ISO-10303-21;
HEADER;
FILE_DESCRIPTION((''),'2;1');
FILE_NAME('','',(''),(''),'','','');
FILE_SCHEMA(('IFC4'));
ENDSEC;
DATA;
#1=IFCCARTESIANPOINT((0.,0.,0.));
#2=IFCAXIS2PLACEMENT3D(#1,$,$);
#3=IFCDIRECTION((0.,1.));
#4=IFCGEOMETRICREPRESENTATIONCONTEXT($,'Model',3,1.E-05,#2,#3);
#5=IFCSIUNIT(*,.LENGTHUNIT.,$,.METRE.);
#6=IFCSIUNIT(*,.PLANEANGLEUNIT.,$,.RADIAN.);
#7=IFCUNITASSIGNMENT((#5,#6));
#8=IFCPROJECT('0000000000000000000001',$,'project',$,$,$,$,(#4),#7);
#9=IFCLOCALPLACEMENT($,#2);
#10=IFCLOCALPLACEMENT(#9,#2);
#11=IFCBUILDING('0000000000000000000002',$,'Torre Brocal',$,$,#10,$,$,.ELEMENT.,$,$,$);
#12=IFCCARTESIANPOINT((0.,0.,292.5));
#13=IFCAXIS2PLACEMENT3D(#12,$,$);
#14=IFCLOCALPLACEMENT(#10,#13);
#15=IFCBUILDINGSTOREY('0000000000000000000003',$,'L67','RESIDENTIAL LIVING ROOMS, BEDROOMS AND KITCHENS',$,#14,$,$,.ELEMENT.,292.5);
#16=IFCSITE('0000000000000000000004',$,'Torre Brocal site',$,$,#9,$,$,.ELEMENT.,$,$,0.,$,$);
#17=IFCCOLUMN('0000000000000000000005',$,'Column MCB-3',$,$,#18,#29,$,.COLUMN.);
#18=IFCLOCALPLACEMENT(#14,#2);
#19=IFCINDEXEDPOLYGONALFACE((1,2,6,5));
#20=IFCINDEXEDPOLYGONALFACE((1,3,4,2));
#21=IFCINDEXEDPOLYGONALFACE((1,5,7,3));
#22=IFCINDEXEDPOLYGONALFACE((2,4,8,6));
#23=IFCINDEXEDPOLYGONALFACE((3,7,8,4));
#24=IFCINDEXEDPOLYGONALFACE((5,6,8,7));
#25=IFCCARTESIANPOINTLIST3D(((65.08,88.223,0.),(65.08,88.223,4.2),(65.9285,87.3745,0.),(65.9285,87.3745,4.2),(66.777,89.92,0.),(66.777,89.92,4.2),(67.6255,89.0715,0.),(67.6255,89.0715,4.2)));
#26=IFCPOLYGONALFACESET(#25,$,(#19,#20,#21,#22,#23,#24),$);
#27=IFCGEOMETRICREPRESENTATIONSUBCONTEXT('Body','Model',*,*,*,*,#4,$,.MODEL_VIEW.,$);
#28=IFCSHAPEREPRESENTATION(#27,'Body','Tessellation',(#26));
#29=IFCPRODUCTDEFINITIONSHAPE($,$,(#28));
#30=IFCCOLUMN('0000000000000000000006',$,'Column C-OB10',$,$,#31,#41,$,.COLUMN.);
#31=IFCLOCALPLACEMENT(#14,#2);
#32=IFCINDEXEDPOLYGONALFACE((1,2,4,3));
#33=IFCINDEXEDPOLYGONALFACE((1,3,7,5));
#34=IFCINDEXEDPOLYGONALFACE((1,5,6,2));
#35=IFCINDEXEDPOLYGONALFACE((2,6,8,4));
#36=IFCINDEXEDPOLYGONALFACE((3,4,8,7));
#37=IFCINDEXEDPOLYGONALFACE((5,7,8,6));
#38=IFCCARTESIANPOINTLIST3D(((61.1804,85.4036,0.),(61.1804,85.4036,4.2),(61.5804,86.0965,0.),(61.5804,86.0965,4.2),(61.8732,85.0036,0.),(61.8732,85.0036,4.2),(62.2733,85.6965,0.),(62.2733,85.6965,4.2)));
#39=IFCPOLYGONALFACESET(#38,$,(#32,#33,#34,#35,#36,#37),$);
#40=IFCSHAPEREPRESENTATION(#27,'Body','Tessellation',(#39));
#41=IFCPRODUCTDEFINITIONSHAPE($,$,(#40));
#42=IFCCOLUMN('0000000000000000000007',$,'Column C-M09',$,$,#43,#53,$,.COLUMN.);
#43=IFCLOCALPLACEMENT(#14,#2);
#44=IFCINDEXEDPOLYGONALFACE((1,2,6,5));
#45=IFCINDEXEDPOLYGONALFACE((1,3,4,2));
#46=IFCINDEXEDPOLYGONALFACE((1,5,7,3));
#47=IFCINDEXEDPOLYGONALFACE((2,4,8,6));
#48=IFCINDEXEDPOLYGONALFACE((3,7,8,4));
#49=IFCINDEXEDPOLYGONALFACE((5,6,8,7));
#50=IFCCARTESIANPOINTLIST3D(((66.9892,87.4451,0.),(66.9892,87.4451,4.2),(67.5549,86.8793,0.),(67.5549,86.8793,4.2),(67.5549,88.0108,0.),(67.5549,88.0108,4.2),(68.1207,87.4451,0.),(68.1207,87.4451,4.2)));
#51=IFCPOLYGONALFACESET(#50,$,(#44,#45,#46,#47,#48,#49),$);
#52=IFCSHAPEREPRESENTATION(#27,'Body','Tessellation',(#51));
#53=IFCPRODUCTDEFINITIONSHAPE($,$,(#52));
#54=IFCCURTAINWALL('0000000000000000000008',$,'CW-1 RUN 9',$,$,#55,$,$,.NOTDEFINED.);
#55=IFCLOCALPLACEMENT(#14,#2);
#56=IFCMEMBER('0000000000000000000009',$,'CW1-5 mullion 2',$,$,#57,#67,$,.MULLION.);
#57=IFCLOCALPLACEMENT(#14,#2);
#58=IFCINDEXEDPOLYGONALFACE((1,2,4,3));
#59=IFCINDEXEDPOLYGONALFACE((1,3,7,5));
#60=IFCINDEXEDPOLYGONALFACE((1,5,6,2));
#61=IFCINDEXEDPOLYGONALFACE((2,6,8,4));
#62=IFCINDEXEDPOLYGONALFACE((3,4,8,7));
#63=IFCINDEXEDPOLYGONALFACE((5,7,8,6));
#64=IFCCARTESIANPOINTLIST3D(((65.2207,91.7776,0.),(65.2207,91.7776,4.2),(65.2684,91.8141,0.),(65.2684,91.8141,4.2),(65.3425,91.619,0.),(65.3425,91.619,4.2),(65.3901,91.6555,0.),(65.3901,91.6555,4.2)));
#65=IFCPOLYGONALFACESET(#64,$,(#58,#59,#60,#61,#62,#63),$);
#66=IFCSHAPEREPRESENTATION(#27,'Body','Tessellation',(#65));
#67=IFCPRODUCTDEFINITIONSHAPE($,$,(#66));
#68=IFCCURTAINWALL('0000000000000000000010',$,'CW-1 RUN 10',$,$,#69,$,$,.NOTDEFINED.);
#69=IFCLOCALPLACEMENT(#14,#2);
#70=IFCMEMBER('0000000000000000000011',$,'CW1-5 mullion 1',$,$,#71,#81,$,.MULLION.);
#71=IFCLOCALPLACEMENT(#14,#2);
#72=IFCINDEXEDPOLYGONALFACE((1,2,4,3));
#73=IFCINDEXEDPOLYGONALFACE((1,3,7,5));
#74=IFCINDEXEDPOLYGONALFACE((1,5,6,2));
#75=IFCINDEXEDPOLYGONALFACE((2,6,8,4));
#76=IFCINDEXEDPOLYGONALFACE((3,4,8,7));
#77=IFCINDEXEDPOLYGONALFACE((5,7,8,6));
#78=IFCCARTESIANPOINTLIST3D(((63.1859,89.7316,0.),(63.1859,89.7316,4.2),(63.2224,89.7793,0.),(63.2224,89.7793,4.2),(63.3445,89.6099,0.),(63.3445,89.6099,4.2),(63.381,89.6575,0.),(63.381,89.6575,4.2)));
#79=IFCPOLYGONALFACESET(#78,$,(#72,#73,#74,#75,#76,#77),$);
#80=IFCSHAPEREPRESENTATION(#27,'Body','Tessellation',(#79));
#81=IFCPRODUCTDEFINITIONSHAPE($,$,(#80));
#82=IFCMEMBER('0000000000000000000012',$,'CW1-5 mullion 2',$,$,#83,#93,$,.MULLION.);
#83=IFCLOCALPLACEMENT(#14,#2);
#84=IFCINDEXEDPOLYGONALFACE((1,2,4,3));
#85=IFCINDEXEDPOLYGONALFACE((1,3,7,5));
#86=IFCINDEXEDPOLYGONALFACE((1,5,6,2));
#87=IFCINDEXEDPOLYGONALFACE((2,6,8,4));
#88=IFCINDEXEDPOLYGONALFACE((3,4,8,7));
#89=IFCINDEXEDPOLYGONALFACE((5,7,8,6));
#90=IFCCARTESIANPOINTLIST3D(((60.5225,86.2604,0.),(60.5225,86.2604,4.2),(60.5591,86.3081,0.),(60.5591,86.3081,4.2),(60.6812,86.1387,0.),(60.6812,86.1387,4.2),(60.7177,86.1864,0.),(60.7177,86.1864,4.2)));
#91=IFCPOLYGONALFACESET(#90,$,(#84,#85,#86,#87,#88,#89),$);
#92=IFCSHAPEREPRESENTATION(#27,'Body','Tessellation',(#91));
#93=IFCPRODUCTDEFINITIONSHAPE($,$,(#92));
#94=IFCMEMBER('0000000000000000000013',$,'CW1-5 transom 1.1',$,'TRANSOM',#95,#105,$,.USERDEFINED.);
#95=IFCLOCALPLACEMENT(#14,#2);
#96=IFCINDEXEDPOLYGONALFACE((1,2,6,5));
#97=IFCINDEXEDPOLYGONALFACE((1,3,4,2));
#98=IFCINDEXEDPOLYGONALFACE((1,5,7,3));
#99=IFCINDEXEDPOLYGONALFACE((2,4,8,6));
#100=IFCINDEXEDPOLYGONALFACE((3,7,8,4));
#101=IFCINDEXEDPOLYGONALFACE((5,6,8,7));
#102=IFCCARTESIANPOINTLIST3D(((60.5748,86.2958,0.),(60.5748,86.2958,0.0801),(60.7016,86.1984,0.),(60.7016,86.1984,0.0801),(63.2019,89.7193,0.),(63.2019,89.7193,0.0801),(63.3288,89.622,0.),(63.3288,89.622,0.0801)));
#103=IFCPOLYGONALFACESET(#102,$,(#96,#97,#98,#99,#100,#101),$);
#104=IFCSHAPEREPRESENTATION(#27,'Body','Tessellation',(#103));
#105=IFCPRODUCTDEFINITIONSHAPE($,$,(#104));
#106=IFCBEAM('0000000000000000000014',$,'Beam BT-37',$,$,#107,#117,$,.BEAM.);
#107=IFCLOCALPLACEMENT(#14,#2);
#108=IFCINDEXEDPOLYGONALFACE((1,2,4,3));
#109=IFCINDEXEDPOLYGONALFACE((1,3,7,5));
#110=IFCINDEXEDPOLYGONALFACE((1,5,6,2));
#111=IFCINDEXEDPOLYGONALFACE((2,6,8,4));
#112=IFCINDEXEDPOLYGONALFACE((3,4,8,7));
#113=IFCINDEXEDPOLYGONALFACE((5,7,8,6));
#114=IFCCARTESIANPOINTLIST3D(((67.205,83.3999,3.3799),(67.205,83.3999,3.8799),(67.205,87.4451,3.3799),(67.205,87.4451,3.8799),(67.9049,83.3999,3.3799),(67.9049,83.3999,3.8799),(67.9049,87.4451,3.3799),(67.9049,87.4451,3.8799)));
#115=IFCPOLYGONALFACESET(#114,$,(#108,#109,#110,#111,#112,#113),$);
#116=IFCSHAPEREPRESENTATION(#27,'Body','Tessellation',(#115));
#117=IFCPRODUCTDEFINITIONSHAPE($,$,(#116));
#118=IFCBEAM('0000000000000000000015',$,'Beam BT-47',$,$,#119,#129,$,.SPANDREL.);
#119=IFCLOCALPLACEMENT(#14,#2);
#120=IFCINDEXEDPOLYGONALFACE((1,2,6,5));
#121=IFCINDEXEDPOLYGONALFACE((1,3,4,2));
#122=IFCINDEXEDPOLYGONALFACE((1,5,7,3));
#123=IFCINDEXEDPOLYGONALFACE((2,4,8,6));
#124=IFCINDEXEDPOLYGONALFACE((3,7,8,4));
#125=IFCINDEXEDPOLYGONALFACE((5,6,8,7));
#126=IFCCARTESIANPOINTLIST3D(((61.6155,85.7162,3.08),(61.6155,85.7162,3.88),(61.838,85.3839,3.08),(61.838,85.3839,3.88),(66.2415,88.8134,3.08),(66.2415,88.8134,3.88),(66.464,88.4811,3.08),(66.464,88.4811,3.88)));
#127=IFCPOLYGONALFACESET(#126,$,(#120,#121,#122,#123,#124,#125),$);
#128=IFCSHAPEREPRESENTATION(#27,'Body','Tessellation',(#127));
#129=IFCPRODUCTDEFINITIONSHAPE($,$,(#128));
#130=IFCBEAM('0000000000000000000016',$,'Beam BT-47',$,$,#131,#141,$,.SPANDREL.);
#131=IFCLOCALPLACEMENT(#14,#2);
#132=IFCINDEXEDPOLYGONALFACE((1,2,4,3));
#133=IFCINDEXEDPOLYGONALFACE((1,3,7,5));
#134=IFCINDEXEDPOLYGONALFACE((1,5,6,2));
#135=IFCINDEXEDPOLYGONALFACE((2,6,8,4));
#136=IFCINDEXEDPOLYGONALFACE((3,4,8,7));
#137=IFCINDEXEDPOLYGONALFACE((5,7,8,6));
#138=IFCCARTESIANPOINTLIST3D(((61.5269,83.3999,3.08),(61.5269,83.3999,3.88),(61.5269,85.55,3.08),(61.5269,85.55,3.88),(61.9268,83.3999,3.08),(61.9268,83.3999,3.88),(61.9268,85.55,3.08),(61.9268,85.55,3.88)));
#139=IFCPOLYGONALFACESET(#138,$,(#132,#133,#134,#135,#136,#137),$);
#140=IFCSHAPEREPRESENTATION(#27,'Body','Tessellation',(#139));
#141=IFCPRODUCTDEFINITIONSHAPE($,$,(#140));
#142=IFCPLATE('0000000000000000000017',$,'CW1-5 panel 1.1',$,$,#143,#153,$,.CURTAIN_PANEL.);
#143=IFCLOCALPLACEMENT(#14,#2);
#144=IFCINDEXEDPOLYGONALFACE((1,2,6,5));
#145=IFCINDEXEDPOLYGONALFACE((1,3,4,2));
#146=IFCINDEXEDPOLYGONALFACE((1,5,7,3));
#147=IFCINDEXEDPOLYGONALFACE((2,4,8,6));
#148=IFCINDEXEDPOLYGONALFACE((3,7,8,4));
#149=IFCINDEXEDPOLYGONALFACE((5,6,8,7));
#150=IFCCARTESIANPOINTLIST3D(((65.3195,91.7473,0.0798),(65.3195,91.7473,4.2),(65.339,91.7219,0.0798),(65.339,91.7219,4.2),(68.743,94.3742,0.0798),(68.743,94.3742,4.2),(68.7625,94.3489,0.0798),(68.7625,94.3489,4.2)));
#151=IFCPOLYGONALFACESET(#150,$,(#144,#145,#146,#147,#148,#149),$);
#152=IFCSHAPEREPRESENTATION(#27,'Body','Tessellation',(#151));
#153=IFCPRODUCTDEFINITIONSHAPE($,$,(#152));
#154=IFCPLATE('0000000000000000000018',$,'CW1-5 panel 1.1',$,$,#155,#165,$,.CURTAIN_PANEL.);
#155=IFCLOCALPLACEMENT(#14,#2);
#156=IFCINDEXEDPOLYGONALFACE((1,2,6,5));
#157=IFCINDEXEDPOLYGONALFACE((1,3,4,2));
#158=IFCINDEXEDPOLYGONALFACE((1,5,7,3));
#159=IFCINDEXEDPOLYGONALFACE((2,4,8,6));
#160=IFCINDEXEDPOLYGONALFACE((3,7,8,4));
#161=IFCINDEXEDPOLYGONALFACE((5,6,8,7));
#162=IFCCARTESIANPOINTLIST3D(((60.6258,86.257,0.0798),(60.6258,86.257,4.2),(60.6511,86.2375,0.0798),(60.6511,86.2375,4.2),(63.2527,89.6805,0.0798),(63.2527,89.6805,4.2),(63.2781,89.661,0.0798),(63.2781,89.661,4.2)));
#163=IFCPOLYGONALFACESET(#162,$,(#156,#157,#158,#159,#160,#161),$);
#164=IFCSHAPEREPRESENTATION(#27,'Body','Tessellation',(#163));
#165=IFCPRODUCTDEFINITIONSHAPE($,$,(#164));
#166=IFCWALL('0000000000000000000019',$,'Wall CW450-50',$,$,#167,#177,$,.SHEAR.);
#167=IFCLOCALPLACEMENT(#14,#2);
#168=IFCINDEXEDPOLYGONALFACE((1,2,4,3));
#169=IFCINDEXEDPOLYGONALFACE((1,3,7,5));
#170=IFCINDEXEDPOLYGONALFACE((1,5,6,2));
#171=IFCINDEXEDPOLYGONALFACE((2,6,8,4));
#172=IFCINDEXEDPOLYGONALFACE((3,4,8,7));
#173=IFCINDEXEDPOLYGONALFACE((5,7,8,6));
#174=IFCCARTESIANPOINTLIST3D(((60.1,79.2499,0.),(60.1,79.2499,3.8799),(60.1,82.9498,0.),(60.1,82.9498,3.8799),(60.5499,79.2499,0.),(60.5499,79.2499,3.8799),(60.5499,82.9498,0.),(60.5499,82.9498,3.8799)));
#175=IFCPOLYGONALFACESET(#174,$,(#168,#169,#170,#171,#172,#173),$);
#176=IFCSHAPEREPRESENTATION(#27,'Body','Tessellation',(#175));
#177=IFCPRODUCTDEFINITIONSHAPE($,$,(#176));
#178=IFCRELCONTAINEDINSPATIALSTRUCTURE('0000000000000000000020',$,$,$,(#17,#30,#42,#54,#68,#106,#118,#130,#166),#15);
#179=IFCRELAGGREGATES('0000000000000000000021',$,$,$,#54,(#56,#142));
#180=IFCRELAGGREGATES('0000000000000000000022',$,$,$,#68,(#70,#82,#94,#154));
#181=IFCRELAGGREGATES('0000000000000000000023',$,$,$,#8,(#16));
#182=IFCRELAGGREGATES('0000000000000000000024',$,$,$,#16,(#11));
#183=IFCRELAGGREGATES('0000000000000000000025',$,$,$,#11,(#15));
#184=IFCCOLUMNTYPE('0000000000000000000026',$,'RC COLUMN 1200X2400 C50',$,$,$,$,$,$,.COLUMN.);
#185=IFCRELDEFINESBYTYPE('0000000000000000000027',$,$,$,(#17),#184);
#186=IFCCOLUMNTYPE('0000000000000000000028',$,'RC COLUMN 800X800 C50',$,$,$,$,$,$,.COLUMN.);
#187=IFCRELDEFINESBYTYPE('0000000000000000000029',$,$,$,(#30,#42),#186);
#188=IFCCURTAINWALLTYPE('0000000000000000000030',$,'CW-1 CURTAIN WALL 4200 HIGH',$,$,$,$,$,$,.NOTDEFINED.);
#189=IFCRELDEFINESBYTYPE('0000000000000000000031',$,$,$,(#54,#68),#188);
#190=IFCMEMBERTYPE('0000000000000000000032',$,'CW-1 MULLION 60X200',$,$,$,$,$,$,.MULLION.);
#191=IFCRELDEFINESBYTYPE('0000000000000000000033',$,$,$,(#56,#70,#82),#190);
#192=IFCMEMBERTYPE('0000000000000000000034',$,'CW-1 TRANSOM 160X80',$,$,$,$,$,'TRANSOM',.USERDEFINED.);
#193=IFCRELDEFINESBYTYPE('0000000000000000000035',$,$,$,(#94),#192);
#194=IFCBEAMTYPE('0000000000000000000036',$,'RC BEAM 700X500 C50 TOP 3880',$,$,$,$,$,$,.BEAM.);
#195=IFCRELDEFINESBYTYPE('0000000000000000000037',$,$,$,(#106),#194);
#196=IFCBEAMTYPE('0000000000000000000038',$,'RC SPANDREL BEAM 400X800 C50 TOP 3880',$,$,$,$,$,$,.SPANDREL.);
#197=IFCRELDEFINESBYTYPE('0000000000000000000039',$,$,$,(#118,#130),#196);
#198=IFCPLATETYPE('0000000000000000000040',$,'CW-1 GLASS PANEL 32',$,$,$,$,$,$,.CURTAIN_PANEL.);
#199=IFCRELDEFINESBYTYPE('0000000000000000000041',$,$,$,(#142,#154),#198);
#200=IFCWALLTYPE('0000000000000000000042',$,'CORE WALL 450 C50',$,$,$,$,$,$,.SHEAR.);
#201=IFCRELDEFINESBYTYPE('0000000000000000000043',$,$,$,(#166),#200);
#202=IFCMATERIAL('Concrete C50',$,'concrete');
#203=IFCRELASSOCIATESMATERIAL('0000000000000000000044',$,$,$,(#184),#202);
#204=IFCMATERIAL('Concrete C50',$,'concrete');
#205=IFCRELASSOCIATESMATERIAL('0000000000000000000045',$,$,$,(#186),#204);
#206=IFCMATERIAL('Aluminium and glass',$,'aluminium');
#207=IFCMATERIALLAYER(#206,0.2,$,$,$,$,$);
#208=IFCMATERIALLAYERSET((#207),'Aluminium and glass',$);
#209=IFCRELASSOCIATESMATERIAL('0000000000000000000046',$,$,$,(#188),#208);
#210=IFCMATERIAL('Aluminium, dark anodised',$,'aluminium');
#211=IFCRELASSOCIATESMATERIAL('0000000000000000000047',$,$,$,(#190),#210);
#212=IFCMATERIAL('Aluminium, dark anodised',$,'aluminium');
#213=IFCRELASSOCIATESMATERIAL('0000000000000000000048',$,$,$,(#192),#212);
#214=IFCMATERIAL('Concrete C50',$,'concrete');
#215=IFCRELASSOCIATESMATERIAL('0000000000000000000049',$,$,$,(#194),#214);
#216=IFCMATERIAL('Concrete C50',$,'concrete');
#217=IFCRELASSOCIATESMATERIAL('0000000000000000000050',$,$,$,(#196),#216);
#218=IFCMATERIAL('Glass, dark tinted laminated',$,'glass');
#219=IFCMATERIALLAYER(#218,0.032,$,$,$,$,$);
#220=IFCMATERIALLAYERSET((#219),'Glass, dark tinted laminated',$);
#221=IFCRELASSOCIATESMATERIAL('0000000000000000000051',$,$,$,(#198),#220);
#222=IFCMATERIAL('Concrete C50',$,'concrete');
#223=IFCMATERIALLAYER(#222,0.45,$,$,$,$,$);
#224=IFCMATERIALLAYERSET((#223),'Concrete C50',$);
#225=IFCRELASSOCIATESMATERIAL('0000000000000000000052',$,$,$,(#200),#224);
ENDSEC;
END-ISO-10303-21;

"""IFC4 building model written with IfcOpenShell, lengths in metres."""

from ifc_helpers import new_model, si_unit, direction, frame, frame_2d, origin, origin_2d, place, context, subcontext, project, spatial, rectangle, extrude, material, layer, layer_set, material_profile, profile_set, type_object, element, aggregate, save


model = new_model("IFC4")

# Units and contexts
model_context = context("Model", 3, precision=1e-05, world=origin(), true_north=direction((0.0, 1.0)))
body_context = subcontext(model_context, "Body", "Model", "MODEL_VIEW")
ifc_project = project(units=[si_unit("LENGTHUNIT", "METRE"), si_unit("PLANEANGLEUNIT", "RADIAN")], contexts=[model_context])

# Site, building, storey
site_placement = place(None, origin())
site = spatial("IfcSite", under=ifc_project, at=site_placement, Name="Torre Brocal site", CompositionType="ELEMENT", RefElevation=0.0)
building_placement = place(site_placement, origin())
building = spatial("IfcBuilding", under=site, at=building_placement, Name="Torre Brocal", CompositionType="ELEMENT")
storey_placement = place(building_placement, frame((0.0, 0.0, 292.5)))
storey = spatial("IfcBuildingStorey", under=building, at=storey_placement, Name="L67", Description="RESIDENTIAL LIVING ROOMS, BEDROOMS AND KITCHENS", CompositionType="ELEMENT", Elevation=292.5)

# Columns
ifc_material_1 = material(Name="Concrete C50", Category="concrete")
ifc_material_profile_1 = material_profile(ifc_material_1, rectangle(XDim=1.2, YDim=2.3999, at=origin_2d()), Name="RC 1200X2400")
ifc_profile_set_1 = profile_set([ifc_material_profile_1], Name="Concrete C50")
column_type_1 = type_object("IfcColumnType", Name="RC COLUMN 1200X2400 C50", PredefinedType="COLUMN", material=ifc_profile_set_1)
column_placement = place(storey_placement, frame((66.3528, 88.6472, 0.0), z_axis=(0.0, 0.0, 1.0), x_axis=(-0.707107, 0.707107, 0.0)))
element("IfcColumn", 1, at=column_placement, inside=storey, type_object=column_type_1, Name="Column MCB-3", PredefinedType="COLUMN", context=body_context, shape_type="SweptSolid", body=[
    extrude(rectangle(XDim=1.2, YDim=2.3999, at=origin_2d()), origin(), (0.0, 0.0, 1.0), 4.2),
])
ifc_material_2 = material(Name="Concrete C50", Category="concrete")
ifc_material_profile_2 = material_profile(ifc_material_2, rectangle(XDim=0.8, YDim=0.8, at=origin_2d()), Name="RC 800X800")
ifc_profile_set_2 = profile_set([ifc_material_profile_2], Name="Concrete C50")
column_type_2 = type_object("IfcColumnType", Name="RC COLUMN 800X800 C50", PredefinedType="COLUMN", material=ifc_profile_set_2)
for number, where, z_axis, x_axis, name in (
    (2, (61.7268, 85.55, 0.0), (0.0, 0.0, 1.0), (-0.866025, 0.5, 0.0), "Column C-OB10"),
    (3, (67.5549, 87.4451, 0.0), (0.0, 0.0, 1.0), (-0.707107, 0.707107, 0.0), "Column C-M09"),
):
    element("IfcColumn", number, at=place(storey_placement, frame(where, z_axis=z_axis, x_axis=x_axis)), inside=storey, type_object=column_type_2, Name=name, PredefinedType="COLUMN", context=body_context, shape_type="SweptSolid", body=[
        extrude(rectangle(XDim=0.8, YDim=0.8, at=origin_2d()), origin(), (0.0, 0.0, 1.0), 4.2),
    ])

# Curtain wall, member
ifc_material_3 = material(Name="Aluminium and glass", Category="aluminium")
ifc_layer_1 = layer(ifc_material_3, 0.2)
ifc_layer_set_1 = layer_set([ifc_layer_1], Name="Aluminium and glass")
curtain_wall_type = type_object("IfcCurtainWallType", Name="CW-1 CURTAIN WALL 4200 HIGH", PredefinedType="NOTDEFINED", material=ifc_layer_set_1)
curtain_wall_1_placement = place(storey_placement, origin())
curtain_wall_1 = element("IfcCurtainWall", 4, at=curtain_wall_1_placement, inside=storey, type_object=curtain_wall_type, Name="CW-1 RUN 9", PredefinedType="NOTDEFINED")
ifc_material_4 = material(Name="Aluminium, dark anodised", Category="aluminium")
ifc_material_profile_3 = material_profile(ifc_material_4, rectangle(XDim=0.2, YDim=0.0601, at=origin_2d()), Name="CW-1 MULLION 60X200")
ifc_profile_set_3 = profile_set([ifc_material_profile_3], Name="Aluminium, dark anodised")
member_type_1 = type_object("IfcMemberType", Name="CW-1 MULLION 60X200", PredefinedType="MULLION", material=ifc_profile_set_3)
member_1_placement = place(storey_placement, frame((65.3054, 91.7166, 0.0), z_axis=(0.0, 0.0, 1.0), x_axis=(0.608761, -0.793353, 0.0)))
member_1 = element("IfcMember", 5, at=member_1_placement, type_object=member_type_1, Name="CW1-5 mullion 2", PredefinedType="MULLION", context=body_context, shape_type="SweptSolid", body=[
    extrude(rectangle(XDim=0.2, YDim=0.0601, at=origin_2d()), origin(), (0.0, 0.0, 1.0), 4.2),
])

# Curtain wall, members
curtain_wall_2_placement = place(storey_placement, origin())
curtain_wall_2 = element("IfcCurtainWall", 6, at=curtain_wall_2_placement, inside=storey, type_object=curtain_wall_type, Name="CW-1 RUN 10", PredefinedType="NOTDEFINED")
member_2_placement = place(storey_placement, frame((63.2834, 89.6946, 0.0), z_axis=(0.0, 0.0, 1.0), x_axis=(0.793353, -0.608761, 0.0)))
member_2 = element("IfcMember", 7, at=member_2_placement, type_object=member_type_1, Name="CW1-5 mullion 1", PredefinedType="MULLION", context=body_context, shape_type="SweptSolid", body=[
    extrude(rectangle(XDim=0.2, YDim=0.0601, at=origin_2d()), origin(), (0.0, 0.0, 1.0), 4.2),
])
member_3_placement = place(storey_placement, frame((60.6201, 86.2234, 0.0), z_axis=(0.0, 0.0, 1.0), x_axis=(0.793353, -0.608761, 0.0)))
member_3 = element("IfcMember", 8, at=member_3_placement, type_object=member_type_1, Name="CW1-5 mullion 2", PredefinedType="MULLION", context=body_context, shape_type="SweptSolid", body=[
    extrude(rectangle(XDim=0.2, YDim=0.0601, at=origin_2d()), origin(), (0.0, 0.0, 1.0), 4.2),
])
ifc_material_5 = material(Name="Aluminium, dark anodised", Category="aluminium")
ifc_material_profile_4 = material_profile(ifc_material_5, rectangle(XDim=0.1599, YDim=0.0801, at=origin_2d()), Name="CW-1 TRANSOM 160X80")
ifc_profile_set_4 = profile_set([ifc_material_profile_4], Name="Aluminium, dark anodised")
member_type_2 = type_object("IfcMemberType", Name="CW-1 TRANSOM 160X80", ElementType="TRANSOM", PredefinedType="USERDEFINED", material=ifc_profile_set_4)
member_4_placement = place(storey_placement, frame((63.2654, 89.6707, 0.04), z_axis=(-0.608789, -0.793332, 0.0), x_axis=(0.793332, -0.608789, 0.0)))
member_4 = element("IfcMember", 9, at=member_4_placement, type_object=member_type_2, Name="CW1-5 transom 1.1", ObjectType="TRANSOM", PredefinedType="USERDEFINED", context=body_context, shape_type="SweptSolid", body=[
    extrude(rectangle(XDim=0.1599, YDim=0.0801, at=origin_2d()), origin(), (0.0, 0.0, 1.0), 4.3154),
])

# Beams
ifc_material_6 = material(Name="Concrete C50", Category="concrete")
ifc_material_profile_5 = material_profile(ifc_material_6, rectangle(XDim=0.7, YDim=0.5, at=origin_2d()), Name="RC 700X500")
ifc_profile_set_5 = profile_set([ifc_material_profile_5], Name="Concrete C50")
beam_type_1 = type_object("IfcBeamType", Name="RC BEAM 700X500 C50 TOP 3880", PredefinedType="BEAM", material=ifc_profile_set_5)
beam_1_placement = place(storey_placement, frame((67.5549, 87.4451, 3.6299), z_axis=(0.0, -1.0, 0.0), x_axis=(1.0, 0.0, 0.0)))
element("IfcBeam", 10, at=beam_1_placement, inside=storey, type_object=beam_type_1, Name="Beam BT-37", PredefinedType="BEAM", context=body_context, shape_type="SweptSolid", body=[
    extrude(rectangle(XDim=0.7, YDim=0.5, at=origin_2d()), origin(), (0.0, 0.0, 1.0), 4.0452),
])
ifc_material_7 = material(Name="Concrete C50", Category="concrete")
ifc_material_profile_6 = material_profile(ifc_material_7, rectangle(XDim=0.3999, YDim=0.8, at=origin_2d()), Name="RC 400X800")
ifc_profile_set_6 = profile_set([ifc_material_profile_6], Name="Concrete C50")
beam_type_2 = type_object("IfcBeamType", Name="RC SPANDREL BEAM 400X800 C50 TOP 3880", PredefinedType="SPANDREL", material=ifc_profile_set_6)
beam_2_placement = place(storey_placement, frame((66.3528, 88.6472, 3.48), z_axis=(-0.830956, -0.556339, 0.0), x_axis=(0.556339, -0.830956, 0.0)))
element("IfcBeam", 11, at=beam_2_placement, inside=storey, type_object=beam_type_2, Name="Beam BT-47", PredefinedType="SPANDREL", context=body_context, shape_type="SweptSolid", body=[
    extrude(rectangle(XDim=0.3999, YDim=0.8, at=origin_2d()), origin(), (0.0, 0.0, 1.0), 5.5671),
])
beam_3_placement = place(storey_placement, frame((61.7268, 85.55, 3.48), z_axis=(0.0, -1.0, 0.0), x_axis=(1.0, 0.0, 0.0)))
element("IfcBeam", 12, at=beam_3_placement, inside=storey, type_object=beam_type_2, Name="Beam BT-47", PredefinedType="SPANDREL", context=body_context, shape_type="SweptSolid", body=[
    extrude(rectangle(XDim=0.3999, YDim=0.8, at=origin_2d()), origin(), (0.0, 0.0, 1.0), 2.1501),
])

# Plates
ifc_material_8 = material(Name="Glass, dark tinted laminated", Category="glass")
ifc_layer_2 = layer(ifc_material_8, 0.032)
ifc_layer_set_2 = layer_set([ifc_layer_2], Name="Glass, dark tinted laminated")
plate_type = type_object("IfcPlateType", Name="CW-1 GLASS PANEL 32", PredefinedType="CURTAIN_PANEL", material=ifc_layer_set_2)
plate_1_placement = place(storey_placement, frame((67.041, 93.0481, 0.0798), z_axis=(0.0, 0.0, 1.0), x_axis=(-0.793353, -0.608761, 0.0)))
plate_1 = element("IfcPlate", 13, at=plate_1_placement, type_object=plate_type, Name="CW1-5 panel 1.1", PredefinedType="CURTAIN_PANEL", context=body_context, shape_type="SweptSolid", body=[
    extrude(rectangle(XDim=4.3152, YDim=0.032, at=origin_2d()), origin(), (0.0, 0.0, 1.0), 4.1201),
])
aggregate(curtain_wall_1, [member_1, plate_1])
plate_2_placement = place(storey_placement, frame((61.9519, 87.959, 0.0798), z_axis=(0.0, 0.0, 1.0), x_axis=(-0.608761, -0.793353, 0.0)))
plate_2 = element("IfcPlate", 14, at=plate_2_placement, type_object=plate_type, Name="CW1-5 panel 1.1", PredefinedType="CURTAIN_PANEL", context=body_context, shape_type="SweptSolid", body=[
    extrude(rectangle(XDim=4.3152, YDim=0.032, at=origin_2d()), origin(), (0.0, 0.0, 1.0), 4.1201),
])
aggregate(curtain_wall_2, [member_2, member_3, member_4, plate_2])

# Wall
ifc_material_9 = material(Name="Concrete C50", Category="concrete")
ifc_layer_3 = layer(ifc_material_9, 0.45)
ifc_layer_set_3 = layer_set([ifc_layer_3], Name="Concrete C50")
wall_type_1 = type_object("IfcWallType", Name="CORE WALL 450 C50", PredefinedType="SHEAR", material=ifc_layer_set_3)
wall_1_placement = place(storey_placement, frame((60.325, 82.95, 0.0), z_axis=(0.0, 0.0, 1.0), x_axis=(0.0, -1.0, 0.0)))
element("IfcWall", 15, at=wall_1_placement, inside=storey, type_object=wall_type_1, Name="Wall CW450-50", PredefinedType="SHEAR", context=body_context, shape_type="SweptSolid", body=[
    extrude(rectangle(XDim=3.7, YDim=0.45, at=frame_2d((1.8501, 0.0))), origin(), (0.0, 0.0, 1.0), 3.8799),
])

save(model, "model.ifc")
